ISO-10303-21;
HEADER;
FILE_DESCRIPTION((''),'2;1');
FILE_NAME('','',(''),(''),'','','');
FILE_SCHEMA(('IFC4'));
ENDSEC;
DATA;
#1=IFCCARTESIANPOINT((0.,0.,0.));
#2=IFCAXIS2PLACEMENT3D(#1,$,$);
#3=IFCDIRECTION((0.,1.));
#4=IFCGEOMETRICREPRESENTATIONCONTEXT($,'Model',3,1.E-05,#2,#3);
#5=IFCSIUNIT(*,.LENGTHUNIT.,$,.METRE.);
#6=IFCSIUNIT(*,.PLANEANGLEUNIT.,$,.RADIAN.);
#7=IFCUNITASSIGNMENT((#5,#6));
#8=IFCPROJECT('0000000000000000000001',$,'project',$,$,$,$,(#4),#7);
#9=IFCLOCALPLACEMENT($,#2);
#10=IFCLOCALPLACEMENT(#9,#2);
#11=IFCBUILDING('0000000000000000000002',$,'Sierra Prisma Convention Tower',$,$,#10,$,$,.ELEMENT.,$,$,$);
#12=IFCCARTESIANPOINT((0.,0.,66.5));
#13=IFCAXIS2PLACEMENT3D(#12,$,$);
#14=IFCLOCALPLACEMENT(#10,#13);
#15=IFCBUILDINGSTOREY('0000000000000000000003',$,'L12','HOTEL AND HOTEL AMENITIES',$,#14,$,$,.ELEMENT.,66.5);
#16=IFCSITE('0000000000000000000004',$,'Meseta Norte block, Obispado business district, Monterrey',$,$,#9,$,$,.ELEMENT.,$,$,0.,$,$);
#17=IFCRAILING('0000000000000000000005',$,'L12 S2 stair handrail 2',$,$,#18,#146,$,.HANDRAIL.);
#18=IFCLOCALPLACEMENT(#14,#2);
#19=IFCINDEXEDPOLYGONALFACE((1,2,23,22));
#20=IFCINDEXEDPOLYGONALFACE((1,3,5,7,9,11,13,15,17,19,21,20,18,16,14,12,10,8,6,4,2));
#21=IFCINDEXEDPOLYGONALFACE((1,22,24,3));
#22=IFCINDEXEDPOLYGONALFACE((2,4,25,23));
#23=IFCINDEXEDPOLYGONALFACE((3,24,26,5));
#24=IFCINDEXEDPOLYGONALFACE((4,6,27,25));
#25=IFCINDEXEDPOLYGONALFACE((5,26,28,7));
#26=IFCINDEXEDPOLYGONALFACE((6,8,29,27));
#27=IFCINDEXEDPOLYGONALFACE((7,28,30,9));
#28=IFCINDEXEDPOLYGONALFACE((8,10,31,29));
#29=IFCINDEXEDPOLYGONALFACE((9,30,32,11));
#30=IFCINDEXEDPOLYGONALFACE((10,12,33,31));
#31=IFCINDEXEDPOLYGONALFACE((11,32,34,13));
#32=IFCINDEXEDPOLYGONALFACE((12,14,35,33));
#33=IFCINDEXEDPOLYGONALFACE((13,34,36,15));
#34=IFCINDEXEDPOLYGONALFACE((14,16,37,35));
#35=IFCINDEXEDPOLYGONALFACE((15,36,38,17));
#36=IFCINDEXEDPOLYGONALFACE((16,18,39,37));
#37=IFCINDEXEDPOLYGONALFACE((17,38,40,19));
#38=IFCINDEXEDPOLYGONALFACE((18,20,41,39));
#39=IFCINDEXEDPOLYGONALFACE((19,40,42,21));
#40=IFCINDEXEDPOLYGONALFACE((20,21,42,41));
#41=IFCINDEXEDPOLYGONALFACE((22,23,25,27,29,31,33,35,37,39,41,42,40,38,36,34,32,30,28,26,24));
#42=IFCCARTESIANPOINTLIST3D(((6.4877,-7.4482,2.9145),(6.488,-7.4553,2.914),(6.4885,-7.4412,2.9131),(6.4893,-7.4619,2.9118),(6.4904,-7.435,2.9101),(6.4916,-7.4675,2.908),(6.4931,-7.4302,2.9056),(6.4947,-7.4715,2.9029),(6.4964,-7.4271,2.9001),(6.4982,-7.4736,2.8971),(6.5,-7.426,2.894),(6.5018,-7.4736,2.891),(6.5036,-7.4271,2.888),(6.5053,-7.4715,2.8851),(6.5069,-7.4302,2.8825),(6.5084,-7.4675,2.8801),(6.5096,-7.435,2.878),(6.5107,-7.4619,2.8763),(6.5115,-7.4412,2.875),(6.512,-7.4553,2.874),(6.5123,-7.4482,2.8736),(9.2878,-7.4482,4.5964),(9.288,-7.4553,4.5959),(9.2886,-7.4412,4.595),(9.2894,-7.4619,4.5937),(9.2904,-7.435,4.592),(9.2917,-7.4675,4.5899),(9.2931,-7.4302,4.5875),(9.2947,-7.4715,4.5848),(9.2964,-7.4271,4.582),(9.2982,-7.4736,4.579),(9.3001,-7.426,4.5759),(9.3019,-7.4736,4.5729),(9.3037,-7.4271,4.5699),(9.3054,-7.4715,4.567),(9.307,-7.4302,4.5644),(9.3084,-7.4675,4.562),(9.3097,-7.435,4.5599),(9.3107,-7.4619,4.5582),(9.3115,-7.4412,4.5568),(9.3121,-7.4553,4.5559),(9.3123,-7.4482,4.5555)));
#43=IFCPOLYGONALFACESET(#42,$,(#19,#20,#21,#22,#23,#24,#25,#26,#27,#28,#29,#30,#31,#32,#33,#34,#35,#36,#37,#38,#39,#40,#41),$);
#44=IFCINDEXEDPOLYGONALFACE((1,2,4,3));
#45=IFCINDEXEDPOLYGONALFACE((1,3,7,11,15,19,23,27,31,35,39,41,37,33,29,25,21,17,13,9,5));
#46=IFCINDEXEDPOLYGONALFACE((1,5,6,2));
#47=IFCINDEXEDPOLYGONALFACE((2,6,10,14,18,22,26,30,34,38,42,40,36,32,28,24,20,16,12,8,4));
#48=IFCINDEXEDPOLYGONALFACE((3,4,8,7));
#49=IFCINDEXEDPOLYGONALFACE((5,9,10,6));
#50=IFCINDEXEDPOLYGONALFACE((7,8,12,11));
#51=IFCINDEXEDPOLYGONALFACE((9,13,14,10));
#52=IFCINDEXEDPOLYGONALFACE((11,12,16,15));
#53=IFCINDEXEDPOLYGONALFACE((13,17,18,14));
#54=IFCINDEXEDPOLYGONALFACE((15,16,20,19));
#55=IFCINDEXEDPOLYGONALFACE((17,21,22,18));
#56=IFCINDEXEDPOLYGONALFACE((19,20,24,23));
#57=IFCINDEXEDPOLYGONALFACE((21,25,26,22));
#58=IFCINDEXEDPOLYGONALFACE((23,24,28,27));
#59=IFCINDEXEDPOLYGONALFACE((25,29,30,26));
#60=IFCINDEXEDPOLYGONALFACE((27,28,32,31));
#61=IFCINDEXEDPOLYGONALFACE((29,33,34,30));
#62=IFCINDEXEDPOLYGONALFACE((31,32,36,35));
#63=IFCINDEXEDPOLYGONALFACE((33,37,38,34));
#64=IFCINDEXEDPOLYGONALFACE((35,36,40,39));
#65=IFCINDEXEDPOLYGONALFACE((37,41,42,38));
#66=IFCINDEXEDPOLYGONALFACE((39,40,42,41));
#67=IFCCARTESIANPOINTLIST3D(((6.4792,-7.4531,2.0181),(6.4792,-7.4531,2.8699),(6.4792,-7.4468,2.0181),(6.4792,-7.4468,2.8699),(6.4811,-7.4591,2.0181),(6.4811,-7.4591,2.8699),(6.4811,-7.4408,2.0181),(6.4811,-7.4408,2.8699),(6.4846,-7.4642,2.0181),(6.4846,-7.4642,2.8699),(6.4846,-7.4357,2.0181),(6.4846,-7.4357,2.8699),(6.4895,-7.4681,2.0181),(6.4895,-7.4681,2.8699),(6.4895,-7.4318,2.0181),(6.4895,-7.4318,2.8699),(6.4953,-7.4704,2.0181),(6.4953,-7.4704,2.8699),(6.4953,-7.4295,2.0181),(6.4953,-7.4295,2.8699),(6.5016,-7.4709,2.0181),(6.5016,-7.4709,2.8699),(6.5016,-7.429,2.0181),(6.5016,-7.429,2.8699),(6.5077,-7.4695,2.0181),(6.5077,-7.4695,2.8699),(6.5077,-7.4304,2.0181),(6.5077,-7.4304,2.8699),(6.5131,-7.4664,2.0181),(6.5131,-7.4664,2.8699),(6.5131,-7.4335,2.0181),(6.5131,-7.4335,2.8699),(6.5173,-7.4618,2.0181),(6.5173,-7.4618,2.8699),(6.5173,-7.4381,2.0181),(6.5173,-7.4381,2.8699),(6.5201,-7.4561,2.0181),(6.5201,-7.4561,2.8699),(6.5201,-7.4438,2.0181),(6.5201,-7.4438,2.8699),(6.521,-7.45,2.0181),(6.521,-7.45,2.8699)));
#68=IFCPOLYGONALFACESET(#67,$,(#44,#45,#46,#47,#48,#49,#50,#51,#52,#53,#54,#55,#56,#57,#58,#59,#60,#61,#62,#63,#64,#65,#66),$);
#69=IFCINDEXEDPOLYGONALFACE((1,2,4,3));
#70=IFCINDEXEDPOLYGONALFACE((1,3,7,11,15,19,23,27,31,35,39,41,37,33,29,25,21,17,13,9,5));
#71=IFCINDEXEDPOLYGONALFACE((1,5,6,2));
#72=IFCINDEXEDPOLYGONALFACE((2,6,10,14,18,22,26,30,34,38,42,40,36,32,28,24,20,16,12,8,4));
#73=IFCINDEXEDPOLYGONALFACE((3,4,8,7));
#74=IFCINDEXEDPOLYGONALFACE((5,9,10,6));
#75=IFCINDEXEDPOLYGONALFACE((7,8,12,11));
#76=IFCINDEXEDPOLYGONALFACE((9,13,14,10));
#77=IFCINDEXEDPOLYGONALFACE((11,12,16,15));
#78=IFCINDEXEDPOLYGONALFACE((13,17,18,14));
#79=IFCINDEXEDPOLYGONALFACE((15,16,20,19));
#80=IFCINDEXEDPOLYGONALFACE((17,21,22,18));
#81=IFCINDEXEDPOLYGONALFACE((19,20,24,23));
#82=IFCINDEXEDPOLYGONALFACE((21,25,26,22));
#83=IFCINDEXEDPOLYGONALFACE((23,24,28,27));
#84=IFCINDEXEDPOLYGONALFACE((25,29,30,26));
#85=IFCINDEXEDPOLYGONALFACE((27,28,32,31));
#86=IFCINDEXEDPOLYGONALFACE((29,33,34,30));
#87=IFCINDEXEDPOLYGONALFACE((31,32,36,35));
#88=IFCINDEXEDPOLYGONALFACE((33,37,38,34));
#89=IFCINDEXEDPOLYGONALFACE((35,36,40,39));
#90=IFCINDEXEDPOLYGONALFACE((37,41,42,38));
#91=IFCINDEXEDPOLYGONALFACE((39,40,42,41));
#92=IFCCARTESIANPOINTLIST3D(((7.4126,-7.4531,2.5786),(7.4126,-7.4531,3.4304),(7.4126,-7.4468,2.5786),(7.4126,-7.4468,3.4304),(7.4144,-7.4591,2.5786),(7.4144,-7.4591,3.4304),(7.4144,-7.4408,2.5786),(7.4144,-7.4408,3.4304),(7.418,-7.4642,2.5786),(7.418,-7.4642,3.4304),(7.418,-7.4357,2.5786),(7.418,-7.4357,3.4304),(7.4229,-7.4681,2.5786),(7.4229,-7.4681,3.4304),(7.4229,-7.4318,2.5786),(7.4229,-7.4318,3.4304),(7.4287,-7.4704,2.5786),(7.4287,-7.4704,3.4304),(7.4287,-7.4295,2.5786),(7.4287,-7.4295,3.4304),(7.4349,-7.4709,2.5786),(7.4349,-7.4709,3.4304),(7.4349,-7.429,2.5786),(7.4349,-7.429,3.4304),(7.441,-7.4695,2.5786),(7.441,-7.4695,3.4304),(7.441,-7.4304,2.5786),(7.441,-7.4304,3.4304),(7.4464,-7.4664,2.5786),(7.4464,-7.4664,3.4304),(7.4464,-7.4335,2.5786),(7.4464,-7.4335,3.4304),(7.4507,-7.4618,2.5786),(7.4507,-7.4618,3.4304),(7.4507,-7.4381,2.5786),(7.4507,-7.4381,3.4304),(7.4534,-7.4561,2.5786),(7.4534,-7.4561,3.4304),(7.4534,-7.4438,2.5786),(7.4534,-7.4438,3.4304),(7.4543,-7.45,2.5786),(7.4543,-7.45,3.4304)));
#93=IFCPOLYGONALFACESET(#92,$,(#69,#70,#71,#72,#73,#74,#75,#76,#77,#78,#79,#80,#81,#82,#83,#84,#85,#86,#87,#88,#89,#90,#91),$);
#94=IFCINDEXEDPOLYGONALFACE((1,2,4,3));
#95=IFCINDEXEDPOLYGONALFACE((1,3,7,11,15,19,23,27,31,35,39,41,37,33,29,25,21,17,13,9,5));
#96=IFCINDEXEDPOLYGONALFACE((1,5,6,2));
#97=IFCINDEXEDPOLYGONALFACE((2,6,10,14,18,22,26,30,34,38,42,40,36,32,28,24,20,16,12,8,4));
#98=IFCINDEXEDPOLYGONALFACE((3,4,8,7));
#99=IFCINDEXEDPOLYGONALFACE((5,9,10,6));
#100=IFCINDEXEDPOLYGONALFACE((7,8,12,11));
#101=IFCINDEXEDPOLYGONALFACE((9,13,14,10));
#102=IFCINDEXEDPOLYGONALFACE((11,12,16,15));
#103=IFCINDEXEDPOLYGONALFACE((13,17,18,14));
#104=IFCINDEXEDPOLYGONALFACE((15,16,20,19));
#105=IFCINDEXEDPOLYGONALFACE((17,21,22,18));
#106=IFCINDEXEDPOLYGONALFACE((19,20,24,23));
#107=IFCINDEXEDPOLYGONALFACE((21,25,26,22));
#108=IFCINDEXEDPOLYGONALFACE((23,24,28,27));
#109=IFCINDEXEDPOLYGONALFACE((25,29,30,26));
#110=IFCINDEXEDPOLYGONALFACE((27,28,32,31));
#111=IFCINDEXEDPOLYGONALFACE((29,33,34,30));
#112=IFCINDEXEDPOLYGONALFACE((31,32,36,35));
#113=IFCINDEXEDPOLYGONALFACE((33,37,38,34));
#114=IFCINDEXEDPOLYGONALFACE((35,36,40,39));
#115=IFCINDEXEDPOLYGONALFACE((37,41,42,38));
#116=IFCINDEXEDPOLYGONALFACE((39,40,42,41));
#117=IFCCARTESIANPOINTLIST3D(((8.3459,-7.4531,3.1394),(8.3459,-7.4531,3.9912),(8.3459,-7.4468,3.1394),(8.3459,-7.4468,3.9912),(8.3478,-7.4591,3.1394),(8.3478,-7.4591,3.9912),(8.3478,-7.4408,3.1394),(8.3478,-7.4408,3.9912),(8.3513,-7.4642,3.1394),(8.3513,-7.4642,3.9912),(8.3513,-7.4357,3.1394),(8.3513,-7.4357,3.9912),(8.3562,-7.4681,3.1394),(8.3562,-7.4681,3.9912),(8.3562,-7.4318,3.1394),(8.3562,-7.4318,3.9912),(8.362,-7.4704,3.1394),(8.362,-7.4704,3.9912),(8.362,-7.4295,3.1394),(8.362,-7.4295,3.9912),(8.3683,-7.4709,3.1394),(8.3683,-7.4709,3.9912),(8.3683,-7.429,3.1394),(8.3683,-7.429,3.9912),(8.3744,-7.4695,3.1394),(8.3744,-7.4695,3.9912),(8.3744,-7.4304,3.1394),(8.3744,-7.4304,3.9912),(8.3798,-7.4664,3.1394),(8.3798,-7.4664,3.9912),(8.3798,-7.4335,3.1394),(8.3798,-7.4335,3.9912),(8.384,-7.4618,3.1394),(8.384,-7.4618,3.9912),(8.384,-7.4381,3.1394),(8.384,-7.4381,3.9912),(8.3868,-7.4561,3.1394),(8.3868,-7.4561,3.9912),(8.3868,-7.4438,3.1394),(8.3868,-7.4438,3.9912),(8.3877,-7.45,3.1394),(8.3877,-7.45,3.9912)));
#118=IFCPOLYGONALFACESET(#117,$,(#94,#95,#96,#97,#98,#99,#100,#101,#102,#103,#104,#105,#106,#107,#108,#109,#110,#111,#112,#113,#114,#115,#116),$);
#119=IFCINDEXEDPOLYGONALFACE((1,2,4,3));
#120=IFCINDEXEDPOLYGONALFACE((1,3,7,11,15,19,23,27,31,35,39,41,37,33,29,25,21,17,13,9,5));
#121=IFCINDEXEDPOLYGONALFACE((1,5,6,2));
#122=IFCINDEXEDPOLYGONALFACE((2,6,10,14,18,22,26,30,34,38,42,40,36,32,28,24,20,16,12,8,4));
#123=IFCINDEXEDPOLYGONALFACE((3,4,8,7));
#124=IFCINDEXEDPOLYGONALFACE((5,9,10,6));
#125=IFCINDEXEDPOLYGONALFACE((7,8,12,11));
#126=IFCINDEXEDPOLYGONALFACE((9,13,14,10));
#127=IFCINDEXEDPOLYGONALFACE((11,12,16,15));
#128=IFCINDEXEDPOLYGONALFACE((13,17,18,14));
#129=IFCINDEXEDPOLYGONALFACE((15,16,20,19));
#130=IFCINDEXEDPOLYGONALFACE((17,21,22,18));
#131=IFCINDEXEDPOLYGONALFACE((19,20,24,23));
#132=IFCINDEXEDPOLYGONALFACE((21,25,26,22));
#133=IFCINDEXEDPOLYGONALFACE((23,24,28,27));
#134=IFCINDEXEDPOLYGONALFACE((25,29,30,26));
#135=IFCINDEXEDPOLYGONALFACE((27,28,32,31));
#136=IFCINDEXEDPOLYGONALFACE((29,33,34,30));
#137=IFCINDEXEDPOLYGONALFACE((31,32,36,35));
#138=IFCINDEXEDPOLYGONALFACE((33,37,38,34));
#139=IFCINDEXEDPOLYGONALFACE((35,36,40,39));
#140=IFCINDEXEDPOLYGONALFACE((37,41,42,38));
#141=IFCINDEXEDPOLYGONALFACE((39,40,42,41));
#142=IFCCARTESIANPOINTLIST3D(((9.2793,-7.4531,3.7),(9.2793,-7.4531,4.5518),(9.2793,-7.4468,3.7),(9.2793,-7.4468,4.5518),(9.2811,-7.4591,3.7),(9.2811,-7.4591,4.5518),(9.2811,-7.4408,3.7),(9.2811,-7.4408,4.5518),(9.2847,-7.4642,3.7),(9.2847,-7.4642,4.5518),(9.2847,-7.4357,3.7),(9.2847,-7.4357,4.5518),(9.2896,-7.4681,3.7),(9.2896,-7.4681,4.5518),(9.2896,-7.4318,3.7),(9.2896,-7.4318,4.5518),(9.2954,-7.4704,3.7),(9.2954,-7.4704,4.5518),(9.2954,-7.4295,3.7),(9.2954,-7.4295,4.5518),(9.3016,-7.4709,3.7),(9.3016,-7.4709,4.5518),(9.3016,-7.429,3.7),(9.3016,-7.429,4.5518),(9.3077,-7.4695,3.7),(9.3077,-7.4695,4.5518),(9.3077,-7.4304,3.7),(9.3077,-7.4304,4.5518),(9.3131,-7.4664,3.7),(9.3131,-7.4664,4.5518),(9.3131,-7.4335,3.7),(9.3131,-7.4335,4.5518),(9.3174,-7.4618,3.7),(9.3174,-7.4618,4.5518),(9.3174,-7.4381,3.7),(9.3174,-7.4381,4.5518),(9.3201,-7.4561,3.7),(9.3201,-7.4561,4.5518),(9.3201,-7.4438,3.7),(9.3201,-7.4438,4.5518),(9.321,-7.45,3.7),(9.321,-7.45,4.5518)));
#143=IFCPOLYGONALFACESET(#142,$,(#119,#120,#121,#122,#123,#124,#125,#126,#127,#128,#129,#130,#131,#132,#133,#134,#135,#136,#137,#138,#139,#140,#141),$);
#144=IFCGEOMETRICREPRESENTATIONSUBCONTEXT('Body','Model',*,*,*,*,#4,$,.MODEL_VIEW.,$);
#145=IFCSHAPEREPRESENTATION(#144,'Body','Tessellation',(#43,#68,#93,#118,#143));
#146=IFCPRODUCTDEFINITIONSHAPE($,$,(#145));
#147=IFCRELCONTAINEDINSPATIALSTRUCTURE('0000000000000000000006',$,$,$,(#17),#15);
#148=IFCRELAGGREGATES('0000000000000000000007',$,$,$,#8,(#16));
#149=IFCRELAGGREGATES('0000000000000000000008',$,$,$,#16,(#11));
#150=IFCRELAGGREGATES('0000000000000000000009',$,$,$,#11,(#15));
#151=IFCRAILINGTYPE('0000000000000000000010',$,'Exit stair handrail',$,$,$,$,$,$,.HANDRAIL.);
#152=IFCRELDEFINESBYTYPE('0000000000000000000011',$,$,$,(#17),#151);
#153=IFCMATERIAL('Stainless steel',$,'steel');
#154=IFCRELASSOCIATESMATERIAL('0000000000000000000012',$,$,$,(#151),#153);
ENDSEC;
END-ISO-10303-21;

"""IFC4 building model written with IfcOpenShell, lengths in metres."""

from ifc_helpers import new_model, si_unit, direction, frame, origin, origin_2d, place, context, subcontext, project, spatial, circle, extrude, material, type_object, element, save


model = new_model("IFC4")

# Units and contexts
model_context = context("Model", 3, precision=1e-05, world=origin(), true_north=direction((0.0, 1.0)))
body_context = subcontext(model_context, "Body", "Model", "MODEL_VIEW")
ifc_project = project(units=[si_unit("LENGTHUNIT", "METRE"), si_unit("PLANEANGLEUNIT", "RADIAN")], contexts=[model_context])

# Site, building, storey
site_placement = place(None, origin())
site = spatial("IfcSite", under=ifc_project, at=site_placement, Name="Meseta Norte block, Obispado business district, Monterrey", CompositionType="ELEMENT", RefElevation=0.0)
building_placement = place(site_placement, origin())
building = spatial("IfcBuilding", under=site, at=building_placement, Name="Sierra Prisma Convention Tower", CompositionType="ELEMENT")
storey_placement = place(building_placement, frame((0.0, 0.0, 66.5)))
storey = spatial("IfcBuildingStorey", under=building, at=storey_placement, Name="L12", Description="HOTEL AND HOTEL AMENITIES", CompositionType="ELEMENT", Elevation=66.5)

# Railing
ifc_material_1 = material(Name="Stainless steel", Category="steel")
railing_type_1 = type_object("IfcRailingType", Name="Exit stair handrail", PredefinedType="HANDRAIL", material=ifc_material_1)
railing_1_placement = place(storey_placement, frame((6.5, -7.45, 2.0181)))
element("IfcRailing", 1, at=railing_1_placement, inside=storey, type_object=railing_type_1, Name="L12 S2 stair handrail 2", PredefinedType="HANDRAIL", context=body_context, shape_type="SweptSolid", body=[
    extrude(circle(Radius=0.0239, at=origin_2d()), frame((0.0, 0.0, 0.876), z_axis=(0.857242, 0.0, 0.514913), x_axis=(0.0, 1.0, 0.0)), (0.0, 0.0, 1.0), 3.2664),
    extrude(circle(Radius=0.021, at=origin_2d()), origin(), (0.0, 0.0, 1.0), 0.8518),
    extrude(circle(Radius=0.021, at=origin_2d()), frame((0.9333, 0.0, 0.5605)), (0.0, 0.0, 1.0), 0.8518),
    extrude(circle(Radius=0.021, at=origin_2d()), frame((1.8667, 0.0, 1.1213)), (0.0, 0.0, 1.0), 0.8518),
    extrude(circle(Radius=0.021, at=origin_2d()), frame((2.8, 0.0, 1.6819)), (0.0, 0.0, 1.0), 0.8518),
])

save(model, "model.ifc")
